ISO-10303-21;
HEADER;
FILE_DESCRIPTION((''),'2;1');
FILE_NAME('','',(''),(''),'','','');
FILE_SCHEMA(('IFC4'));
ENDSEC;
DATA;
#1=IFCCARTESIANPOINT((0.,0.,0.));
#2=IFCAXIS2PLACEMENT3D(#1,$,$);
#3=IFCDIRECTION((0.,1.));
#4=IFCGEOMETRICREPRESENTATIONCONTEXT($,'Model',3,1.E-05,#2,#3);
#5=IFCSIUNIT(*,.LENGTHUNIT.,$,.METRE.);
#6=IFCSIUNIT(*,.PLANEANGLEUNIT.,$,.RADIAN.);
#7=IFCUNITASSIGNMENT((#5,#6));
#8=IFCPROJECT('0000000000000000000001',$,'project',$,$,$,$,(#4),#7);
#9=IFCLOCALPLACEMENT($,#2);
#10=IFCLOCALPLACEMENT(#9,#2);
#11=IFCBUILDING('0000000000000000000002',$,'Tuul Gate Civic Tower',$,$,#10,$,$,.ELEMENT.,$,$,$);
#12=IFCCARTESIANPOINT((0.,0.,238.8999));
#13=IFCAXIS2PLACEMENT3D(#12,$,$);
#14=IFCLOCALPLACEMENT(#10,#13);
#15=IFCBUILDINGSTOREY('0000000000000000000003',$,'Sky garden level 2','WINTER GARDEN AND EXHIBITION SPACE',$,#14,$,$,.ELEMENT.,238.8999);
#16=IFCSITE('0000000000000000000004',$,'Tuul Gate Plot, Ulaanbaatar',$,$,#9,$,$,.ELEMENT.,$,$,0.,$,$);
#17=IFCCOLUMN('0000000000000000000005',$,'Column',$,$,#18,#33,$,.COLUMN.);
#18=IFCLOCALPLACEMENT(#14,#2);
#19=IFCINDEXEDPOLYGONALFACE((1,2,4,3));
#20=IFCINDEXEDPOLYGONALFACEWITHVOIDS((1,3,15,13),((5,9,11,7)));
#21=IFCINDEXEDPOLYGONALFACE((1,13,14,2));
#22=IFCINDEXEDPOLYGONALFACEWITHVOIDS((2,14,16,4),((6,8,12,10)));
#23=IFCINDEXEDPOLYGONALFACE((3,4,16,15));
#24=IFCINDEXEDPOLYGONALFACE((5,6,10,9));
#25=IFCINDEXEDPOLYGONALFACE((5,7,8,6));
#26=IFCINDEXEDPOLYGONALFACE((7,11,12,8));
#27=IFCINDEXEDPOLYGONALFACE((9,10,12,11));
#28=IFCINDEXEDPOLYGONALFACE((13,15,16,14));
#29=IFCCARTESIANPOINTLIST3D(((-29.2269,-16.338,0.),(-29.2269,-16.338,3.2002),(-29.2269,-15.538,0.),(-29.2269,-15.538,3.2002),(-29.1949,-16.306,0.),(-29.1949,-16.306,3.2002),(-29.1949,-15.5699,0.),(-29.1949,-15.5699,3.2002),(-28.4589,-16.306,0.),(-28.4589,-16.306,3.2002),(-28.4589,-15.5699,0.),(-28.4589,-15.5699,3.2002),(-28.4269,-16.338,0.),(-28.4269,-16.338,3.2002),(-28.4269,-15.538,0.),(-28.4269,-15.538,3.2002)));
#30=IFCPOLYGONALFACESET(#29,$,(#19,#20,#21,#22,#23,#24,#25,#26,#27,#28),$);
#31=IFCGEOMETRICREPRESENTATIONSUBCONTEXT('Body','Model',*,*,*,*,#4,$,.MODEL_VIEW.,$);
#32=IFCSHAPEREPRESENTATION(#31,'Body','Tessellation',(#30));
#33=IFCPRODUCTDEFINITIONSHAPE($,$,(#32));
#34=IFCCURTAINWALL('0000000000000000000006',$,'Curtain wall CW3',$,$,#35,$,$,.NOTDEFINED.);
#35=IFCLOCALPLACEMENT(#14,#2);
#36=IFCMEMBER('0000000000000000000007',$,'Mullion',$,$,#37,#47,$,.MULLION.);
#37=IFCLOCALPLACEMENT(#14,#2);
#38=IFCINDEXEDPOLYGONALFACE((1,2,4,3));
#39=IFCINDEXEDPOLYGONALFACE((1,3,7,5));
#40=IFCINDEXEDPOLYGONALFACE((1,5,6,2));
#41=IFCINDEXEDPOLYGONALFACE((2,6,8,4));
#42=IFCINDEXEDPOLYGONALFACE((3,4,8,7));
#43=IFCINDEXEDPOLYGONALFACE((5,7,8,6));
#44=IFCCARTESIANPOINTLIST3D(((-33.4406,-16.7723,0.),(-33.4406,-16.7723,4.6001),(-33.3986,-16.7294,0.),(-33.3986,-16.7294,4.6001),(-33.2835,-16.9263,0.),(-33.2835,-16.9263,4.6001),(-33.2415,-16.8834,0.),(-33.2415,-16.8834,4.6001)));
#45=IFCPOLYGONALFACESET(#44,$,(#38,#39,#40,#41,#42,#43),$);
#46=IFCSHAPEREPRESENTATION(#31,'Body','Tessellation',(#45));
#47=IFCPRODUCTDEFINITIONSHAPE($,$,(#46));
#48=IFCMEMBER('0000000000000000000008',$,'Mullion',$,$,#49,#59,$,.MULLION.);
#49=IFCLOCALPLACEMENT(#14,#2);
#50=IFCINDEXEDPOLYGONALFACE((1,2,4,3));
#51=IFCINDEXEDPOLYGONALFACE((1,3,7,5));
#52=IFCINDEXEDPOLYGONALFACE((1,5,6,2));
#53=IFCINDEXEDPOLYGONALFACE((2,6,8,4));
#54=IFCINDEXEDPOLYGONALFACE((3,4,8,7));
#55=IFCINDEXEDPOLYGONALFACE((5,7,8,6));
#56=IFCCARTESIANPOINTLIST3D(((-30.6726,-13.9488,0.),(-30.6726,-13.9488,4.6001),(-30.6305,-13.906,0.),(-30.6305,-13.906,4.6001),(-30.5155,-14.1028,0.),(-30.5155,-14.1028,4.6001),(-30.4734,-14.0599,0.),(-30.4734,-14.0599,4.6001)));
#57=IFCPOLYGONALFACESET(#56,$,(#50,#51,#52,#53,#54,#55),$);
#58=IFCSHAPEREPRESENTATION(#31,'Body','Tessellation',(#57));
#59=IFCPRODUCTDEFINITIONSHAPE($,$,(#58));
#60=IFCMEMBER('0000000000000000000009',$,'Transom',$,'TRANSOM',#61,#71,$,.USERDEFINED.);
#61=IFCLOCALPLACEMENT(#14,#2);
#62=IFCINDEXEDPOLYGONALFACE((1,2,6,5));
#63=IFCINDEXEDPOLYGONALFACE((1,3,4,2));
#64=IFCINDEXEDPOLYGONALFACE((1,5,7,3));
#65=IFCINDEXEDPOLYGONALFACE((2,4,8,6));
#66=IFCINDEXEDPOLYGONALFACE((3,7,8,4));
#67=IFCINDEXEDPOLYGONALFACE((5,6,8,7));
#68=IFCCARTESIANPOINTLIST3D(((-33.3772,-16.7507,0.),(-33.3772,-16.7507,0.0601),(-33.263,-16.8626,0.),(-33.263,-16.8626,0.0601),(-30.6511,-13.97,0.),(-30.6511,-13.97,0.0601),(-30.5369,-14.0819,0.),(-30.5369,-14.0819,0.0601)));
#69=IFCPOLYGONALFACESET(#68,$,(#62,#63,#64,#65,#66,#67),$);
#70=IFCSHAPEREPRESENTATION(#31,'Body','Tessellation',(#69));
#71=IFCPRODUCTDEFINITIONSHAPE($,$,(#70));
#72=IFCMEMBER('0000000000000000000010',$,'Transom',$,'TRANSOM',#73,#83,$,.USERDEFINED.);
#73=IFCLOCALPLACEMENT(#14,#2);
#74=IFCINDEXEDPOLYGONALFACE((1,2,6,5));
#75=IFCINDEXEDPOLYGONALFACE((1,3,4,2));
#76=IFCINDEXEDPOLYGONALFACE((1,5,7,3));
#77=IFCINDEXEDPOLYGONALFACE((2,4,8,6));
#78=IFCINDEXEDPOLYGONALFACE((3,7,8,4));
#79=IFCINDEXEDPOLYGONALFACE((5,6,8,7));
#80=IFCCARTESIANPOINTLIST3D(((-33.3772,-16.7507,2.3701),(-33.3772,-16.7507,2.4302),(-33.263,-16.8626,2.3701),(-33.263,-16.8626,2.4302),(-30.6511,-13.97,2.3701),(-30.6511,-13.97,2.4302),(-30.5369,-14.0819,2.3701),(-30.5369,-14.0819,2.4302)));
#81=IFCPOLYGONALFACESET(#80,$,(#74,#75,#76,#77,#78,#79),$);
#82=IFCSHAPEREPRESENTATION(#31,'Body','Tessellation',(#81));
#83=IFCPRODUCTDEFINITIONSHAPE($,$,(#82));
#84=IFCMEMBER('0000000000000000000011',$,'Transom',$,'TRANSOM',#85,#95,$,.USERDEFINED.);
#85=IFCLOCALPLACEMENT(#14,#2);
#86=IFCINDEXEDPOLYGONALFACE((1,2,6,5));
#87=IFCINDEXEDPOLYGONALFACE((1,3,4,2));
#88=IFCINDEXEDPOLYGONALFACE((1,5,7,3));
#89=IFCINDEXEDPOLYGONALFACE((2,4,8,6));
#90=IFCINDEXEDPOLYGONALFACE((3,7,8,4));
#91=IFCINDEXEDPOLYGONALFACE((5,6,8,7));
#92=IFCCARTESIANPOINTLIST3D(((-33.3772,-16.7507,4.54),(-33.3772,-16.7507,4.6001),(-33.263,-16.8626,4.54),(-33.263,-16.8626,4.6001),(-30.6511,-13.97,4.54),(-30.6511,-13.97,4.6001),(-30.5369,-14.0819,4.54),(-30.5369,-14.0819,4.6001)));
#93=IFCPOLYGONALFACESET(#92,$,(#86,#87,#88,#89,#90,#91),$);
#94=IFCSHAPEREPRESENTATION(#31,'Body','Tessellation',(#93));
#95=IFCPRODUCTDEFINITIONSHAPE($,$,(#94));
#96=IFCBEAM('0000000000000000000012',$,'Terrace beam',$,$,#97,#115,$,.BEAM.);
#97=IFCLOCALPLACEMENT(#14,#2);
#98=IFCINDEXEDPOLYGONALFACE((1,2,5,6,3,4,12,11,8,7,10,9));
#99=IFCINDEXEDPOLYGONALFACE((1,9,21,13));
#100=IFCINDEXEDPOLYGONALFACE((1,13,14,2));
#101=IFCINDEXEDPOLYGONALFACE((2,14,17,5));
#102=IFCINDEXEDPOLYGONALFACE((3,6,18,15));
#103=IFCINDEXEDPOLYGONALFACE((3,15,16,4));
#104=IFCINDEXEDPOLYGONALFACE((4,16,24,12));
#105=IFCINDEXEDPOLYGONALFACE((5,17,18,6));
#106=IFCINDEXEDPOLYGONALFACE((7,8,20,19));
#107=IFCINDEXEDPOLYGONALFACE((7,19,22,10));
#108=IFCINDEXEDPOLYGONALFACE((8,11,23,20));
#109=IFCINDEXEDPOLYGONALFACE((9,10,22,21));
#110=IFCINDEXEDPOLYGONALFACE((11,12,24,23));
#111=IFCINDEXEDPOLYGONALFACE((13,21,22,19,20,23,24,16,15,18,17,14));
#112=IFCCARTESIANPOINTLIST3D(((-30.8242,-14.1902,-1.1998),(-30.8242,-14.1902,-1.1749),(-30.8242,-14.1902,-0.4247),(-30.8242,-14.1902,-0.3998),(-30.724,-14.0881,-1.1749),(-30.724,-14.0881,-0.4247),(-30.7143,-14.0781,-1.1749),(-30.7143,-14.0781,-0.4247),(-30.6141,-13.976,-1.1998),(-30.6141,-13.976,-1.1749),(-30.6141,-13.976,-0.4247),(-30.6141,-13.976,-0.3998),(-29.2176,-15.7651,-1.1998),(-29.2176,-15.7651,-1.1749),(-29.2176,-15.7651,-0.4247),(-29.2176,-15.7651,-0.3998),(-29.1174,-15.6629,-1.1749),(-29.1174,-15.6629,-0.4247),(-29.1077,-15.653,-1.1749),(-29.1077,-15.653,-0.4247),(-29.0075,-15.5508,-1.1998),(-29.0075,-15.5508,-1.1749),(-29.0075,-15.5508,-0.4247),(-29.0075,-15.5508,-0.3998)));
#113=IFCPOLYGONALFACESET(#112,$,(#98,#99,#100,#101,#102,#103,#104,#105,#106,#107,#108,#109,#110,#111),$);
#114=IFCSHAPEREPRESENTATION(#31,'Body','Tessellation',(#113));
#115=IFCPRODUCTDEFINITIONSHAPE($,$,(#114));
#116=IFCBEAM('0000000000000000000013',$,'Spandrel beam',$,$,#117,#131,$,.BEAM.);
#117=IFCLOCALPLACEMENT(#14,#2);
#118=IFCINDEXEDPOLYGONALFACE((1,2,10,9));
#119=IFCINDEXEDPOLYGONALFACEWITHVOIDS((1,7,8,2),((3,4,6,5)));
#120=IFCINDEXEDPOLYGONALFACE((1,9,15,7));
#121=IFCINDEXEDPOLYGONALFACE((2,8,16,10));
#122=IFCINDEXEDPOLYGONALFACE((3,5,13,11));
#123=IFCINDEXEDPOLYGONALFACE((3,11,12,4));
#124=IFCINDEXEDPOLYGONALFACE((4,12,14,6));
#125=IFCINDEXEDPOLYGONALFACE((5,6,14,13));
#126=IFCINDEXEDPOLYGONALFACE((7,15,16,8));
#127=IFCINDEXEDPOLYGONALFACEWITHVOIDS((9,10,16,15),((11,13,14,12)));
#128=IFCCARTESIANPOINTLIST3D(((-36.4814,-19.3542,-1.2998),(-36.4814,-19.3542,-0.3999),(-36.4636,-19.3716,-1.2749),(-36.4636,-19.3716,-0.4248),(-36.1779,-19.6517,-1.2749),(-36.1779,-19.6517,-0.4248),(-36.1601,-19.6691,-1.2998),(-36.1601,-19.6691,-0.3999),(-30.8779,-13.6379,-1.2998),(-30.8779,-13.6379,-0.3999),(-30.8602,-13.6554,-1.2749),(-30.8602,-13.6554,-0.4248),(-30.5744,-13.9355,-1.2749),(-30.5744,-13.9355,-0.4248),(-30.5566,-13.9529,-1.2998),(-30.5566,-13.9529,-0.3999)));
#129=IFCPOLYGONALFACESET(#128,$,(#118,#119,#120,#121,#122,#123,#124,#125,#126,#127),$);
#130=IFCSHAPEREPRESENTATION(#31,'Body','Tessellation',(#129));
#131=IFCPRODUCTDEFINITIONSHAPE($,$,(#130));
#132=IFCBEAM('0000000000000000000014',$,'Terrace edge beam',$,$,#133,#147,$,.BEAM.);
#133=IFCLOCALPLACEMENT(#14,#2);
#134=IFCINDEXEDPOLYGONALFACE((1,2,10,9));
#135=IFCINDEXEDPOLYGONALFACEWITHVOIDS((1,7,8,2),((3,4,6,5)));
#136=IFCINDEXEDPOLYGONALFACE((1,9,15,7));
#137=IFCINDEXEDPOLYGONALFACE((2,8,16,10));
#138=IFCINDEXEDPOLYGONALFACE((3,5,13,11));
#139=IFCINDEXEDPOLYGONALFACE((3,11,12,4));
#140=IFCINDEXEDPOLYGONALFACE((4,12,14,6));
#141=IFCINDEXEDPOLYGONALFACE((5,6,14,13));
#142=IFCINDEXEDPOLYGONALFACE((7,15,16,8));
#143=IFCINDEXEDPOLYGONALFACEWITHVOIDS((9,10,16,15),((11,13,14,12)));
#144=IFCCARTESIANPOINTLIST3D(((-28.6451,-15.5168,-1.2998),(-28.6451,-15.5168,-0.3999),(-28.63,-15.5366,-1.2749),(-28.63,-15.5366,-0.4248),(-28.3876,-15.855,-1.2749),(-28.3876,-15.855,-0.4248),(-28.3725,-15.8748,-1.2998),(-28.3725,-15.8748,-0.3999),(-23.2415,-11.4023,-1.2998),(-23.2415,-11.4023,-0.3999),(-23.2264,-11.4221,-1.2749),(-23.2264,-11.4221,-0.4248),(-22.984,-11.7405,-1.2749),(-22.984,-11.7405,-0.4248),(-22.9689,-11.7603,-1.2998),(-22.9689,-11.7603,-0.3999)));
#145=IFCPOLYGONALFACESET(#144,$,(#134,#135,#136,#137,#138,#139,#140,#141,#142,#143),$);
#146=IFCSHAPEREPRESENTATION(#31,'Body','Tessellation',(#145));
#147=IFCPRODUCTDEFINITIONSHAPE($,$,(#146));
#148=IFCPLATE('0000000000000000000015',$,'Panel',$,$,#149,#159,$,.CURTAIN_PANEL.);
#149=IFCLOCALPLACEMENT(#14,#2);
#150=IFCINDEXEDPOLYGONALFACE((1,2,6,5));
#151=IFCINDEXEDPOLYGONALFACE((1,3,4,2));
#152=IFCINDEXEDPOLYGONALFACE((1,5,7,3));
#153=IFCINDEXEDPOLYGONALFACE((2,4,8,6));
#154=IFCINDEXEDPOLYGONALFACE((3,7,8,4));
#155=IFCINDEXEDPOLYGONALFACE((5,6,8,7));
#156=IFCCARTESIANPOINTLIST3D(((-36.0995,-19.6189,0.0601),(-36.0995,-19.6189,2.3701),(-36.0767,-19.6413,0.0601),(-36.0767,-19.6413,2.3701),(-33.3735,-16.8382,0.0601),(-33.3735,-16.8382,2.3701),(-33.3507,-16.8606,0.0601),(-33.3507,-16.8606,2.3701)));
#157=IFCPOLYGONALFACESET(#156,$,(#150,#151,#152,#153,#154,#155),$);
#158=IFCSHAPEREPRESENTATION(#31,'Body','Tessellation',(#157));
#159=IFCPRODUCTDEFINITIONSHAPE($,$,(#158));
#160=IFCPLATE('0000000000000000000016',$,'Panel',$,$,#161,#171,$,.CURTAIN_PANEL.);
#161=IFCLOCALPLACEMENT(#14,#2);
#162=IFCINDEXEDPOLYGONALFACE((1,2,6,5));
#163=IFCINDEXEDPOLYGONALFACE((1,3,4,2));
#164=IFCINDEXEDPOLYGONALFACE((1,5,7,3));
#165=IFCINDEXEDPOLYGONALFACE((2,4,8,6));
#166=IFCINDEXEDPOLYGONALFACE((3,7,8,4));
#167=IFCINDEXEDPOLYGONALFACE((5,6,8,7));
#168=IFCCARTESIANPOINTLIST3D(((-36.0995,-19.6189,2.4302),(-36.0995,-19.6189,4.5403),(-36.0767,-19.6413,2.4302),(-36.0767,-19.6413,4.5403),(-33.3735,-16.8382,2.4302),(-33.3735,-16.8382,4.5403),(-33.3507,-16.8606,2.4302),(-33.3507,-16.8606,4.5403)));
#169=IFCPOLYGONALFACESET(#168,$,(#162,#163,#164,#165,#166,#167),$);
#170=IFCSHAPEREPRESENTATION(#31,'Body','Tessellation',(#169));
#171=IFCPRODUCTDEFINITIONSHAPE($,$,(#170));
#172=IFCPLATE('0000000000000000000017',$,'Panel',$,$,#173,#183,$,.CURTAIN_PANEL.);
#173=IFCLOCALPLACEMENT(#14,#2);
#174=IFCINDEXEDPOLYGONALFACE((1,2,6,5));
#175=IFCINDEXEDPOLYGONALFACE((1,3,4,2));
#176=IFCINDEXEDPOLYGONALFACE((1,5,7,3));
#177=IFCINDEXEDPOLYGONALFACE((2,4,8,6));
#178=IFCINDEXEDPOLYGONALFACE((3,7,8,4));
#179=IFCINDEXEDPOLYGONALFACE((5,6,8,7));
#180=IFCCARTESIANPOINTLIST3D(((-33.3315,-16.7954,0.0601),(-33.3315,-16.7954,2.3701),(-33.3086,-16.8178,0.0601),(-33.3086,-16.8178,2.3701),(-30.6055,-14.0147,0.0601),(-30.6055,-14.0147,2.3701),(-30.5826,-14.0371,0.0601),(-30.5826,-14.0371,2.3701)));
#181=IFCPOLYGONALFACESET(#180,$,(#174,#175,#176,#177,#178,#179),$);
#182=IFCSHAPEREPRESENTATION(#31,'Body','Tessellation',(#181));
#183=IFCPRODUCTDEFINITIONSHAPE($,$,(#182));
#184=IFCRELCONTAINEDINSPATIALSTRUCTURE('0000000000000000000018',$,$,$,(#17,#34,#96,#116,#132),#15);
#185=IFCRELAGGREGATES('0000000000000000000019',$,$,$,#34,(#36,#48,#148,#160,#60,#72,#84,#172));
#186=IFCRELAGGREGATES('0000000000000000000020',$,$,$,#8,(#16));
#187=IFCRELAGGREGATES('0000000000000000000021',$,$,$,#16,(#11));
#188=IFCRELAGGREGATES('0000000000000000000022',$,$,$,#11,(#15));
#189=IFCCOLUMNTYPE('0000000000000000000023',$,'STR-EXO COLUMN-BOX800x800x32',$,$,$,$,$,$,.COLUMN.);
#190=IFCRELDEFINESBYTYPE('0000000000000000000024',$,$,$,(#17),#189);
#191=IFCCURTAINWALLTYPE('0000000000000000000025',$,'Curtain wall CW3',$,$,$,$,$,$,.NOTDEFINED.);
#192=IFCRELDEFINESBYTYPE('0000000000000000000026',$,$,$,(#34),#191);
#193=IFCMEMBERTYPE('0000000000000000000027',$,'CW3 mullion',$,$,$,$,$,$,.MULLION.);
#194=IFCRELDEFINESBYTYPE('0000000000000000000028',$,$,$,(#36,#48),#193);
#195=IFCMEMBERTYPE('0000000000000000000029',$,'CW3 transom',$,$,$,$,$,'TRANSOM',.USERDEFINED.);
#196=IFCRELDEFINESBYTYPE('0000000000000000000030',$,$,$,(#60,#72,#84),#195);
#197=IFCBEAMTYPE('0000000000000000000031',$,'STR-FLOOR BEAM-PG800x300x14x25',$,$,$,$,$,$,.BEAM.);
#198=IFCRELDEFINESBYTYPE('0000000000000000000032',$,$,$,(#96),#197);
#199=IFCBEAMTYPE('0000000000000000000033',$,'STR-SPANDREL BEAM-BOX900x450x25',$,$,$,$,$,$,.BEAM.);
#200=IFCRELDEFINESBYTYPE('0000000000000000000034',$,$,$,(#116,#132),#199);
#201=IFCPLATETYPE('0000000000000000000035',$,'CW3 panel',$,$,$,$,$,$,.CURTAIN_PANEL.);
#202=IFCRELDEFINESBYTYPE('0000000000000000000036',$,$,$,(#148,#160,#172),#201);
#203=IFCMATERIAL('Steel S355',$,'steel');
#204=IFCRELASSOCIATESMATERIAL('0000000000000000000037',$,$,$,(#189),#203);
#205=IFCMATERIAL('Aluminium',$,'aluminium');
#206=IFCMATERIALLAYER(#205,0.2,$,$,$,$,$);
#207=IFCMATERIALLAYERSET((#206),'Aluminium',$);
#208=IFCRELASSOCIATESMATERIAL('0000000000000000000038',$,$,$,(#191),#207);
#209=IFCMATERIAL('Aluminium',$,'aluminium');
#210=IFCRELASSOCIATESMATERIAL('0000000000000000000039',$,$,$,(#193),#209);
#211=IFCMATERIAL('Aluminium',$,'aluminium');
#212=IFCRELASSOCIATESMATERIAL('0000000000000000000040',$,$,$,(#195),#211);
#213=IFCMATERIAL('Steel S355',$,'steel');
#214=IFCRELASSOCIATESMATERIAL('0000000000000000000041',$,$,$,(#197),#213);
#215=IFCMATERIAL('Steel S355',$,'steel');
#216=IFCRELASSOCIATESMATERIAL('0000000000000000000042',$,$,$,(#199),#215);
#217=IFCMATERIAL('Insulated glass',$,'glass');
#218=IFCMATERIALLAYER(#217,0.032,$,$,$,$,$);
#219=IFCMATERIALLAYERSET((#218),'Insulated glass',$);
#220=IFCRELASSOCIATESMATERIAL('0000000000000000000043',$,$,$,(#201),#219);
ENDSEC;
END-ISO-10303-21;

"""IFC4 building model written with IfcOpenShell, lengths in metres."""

from ifc_helpers import new_model, si_unit, direction, frame, origin, origin_2d, place, context, subcontext, project, spatial, rectangle, hollow_rectangle, i_section, extrude, material, layer, layer_set, material_profile, profile_set, type_object, element, aggregate, save


model = new_model("IFC4")

# Units and contexts
model_context = context("Model", 3, precision=1e-05, world=origin(), true_north=direction((0.0, 1.0)))
body_context = subcontext(model_context, "Body", "Model", "MODEL_VIEW")
ifc_project = project(units=[si_unit("LENGTHUNIT", "METRE"), si_unit("PLANEANGLEUNIT", "RADIAN")], contexts=[model_context])

# Site, building, storey
site_placement = place(None, origin())
site = spatial("IfcSite", under=ifc_project, at=site_placement, Name="Tuul Gate Plot, Ulaanbaatar", CompositionType="ELEMENT", RefElevation=0.0)
building_placement = place(site_placement, origin())
building = spatial("IfcBuilding", under=site, at=building_placement, Name="Tuul Gate Civic Tower", CompositionType="ELEMENT")
storey_placement = place(building_placement, frame((0.0, 0.0, 238.8999)))
storey = spatial("IfcBuildingStorey", under=building, at=storey_placement, Name="Sky garden level 2", Description="WINTER GARDEN AND EXHIBITION SPACE", CompositionType="ELEMENT", Elevation=238.8999)

# Column
ifc_material_1 = material(Name="Steel S355", Category="steel")
ifc_material_profile_1 = material_profile(ifc_material_1, hollow_rectangle(XDim=0.8, YDim=0.8, WallThickness=0.032, at=origin_2d()), Name="BOX800x800x32")
ifc_profile_set_1 = profile_set([ifc_material_profile_1], Name="Steel S355")
column_type = type_object("IfcColumnType", Name="STR-EXO COLUMN-BOX800x800x32", PredefinedType="COLUMN", material=ifc_profile_set_1)
column_placement = place(storey_placement, frame((-28.8269, -15.938, 0.0), z_axis=(0.0, 0.0, 1.0), x_axis=(1.0, 0.0, 0.0)))
element("IfcColumn", 1, at=column_placement, inside=storey, type_object=column_type, Name="Column", PredefinedType="COLUMN", context=body_context, shape_type="SweptSolid", body=[
    extrude(hollow_rectangle(XDim=0.8, YDim=0.8, WallThickness=0.032, at=origin_2d()), origin(), (0.0, 0.0, 1.0), 3.2002),
])

# Curtain wall, members
ifc_material_2 = material(Name="Aluminium", Category="aluminium")
ifc_layer_1 = layer(ifc_material_2, 0.2)
ifc_layer_set_1 = layer_set([ifc_layer_1], Name="Aluminium")
curtain_wall_type = type_object("IfcCurtainWallType", Name="Curtain wall CW3", PredefinedType="NOTDEFINED", material=ifc_layer_set_1)
curtain_wall_placement = place(storey_placement, origin())
curtain_wall = element("IfcCurtainWall", 2, at=curtain_wall_placement, inside=storey, type_object=curtain_wall_type, Name="Curtain wall CW3", PredefinedType="NOTDEFINED")
ifc_material_3 = material(Name="Aluminium", Category="aluminium")
ifc_material_profile_2 = material_profile(ifc_material_3, rectangle(XDim=0.22, YDim=0.0601, at=origin_2d()), Name="CW3 mullion")
ifc_profile_set_2 = profile_set([ifc_material_profile_2], Name="Aluminium")
member_type_1 = type_object("IfcMemberType", Name="CW3 mullion", PredefinedType="MULLION", material=ifc_profile_set_2)
member_1_placement = place(storey_placement, frame((-33.3411, -16.8279, 0.0), z_axis=(0.0, 0.0, 1.0), x_axis=(-0.7141, 0.700044, 0.0)))
member_1 = element("IfcMember", 3, at=member_1_placement, type_object=member_type_1, Name="Mullion", PredefinedType="MULLION", context=body_context, shape_type="SweptSolid", body=[
    extrude(rectangle(XDim=0.22, YDim=0.0601, at=origin_2d()), origin(), (0.0, 0.0, 1.0), 4.6001),
])
member_2_placement = place(storey_placement, frame((-30.573, -14.0044, 0.0), z_axis=(0.0, 0.0, 1.0), x_axis=(-0.7141, 0.700044, 0.0)))
member_2 = element("IfcMember", 4, at=member_2_placement, type_object=member_type_1, Name="Mullion", PredefinedType="MULLION", context=body_context, shape_type="SweptSolid", body=[
    extrude(rectangle(XDim=0.22, YDim=0.0601, at=origin_2d()), origin(), (0.0, 0.0, 1.0), 4.6001),
])
ifc_material_4 = material(Name="Aluminium", Category="aluminium")
ifc_material_profile_3 = material_profile(ifc_material_4, rectangle(XDim=0.1599, YDim=0.0601, at=origin_2d()), Name="CW3 transom")
ifc_profile_set_3 = profile_set([ifc_material_profile_3], Name="Aluminium")
member_type_2 = type_object("IfcMemberType", Name="CW3 transom", ElementType="TRANSOM", PredefinedType="USERDEFINED", material=ifc_profile_set_3)
member_3_placement = place(storey_placement, frame((-33.3201, -16.8066, 0.03), z_axis=(0.70005, 0.714094, 0.0), x_axis=(-0.714094, 0.70005, 0.0)))
member_3 = element("IfcMember", 5, at=member_3_placement, type_object=member_type_2, Name="Transom", ObjectType="TRANSOM", PredefinedType="USERDEFINED", context=body_context, shape_type="SweptSolid", body=[
    extrude(rectangle(XDim=0.1599, YDim=0.0601, at=origin_2d()), origin(), (0.0, 0.0, 1.0), 3.894),
])
member_4_placement = place(storey_placement, frame((-33.3201, -16.8066, 2.4001), z_axis=(0.70005, 0.714094, 0.0), x_axis=(-0.714094, 0.70005, 0.0)))
member_4 = element("IfcMember", 6, at=member_4_placement, type_object=member_type_2, Name="Transom", ObjectType="TRANSOM", PredefinedType="USERDEFINED", context=body_context, shape_type="SweptSolid", body=[
    extrude(rectangle(XDim=0.1599, YDim=0.0601, at=origin_2d()), origin(), (0.0, 0.0, 1.0), 3.894),
])
member_5_placement = place(storey_placement, frame((-33.3201, -16.8066, 4.5701), z_axis=(0.70005, 0.714094, 0.0), x_axis=(-0.714094, 0.70005, 0.0)))
member_5 = element("IfcMember", 7, at=member_5_placement, type_object=member_type_2, Name="Transom", ObjectType="TRANSOM", PredefinedType="USERDEFINED", context=body_context, shape_type="SweptSolid", body=[
    extrude(rectangle(XDim=0.1599, YDim=0.0601, at=origin_2d()), origin(), (0.0, 0.0, 1.0), 3.894),
])

# Beams
ifc_material_5 = material(Name="Steel S355", Category="steel")
ifc_material_profile_4 = material_profile(ifc_material_5, i_section(OverallWidth=0.3, OverallDepth=0.8, WebThickness=0.0139, FlangeThickness=0.0249, at=origin_2d()), Name="PG800x300x14x25")
ifc_profile_set_4 = profile_set([ifc_material_profile_4], Name="Steel S355")
beam_type_1 = type_object("IfcBeamType", Name="STR-FLOOR BEAM-PG800x300x14x25", PredefinedType="BEAM", material=ifc_profile_set_4)
beam_1_placement = place(storey_placement, frame((-29.1125, -15.658, -0.7998), z_axis=(-0.714125, 0.700018, 0.0), x_axis=(-0.700018, -0.714125, 0.0)))
element("IfcBeam", 8, at=beam_1_placement, inside=storey, type_object=beam_type_1, Name="Terrace beam", PredefinedType="BEAM", context=body_context, shape_type="SweptSolid", body=[
    extrude(i_section(OverallWidth=0.3, OverallDepth=0.8, WebThickness=0.0139, FlangeThickness=0.0249, at=origin_2d()), origin(), (0.0, 0.0, 1.0), 2.2498),
])
ifc_material_6 = material(Name="Steel S355", Category="steel")
ifc_material_profile_5 = material_profile(ifc_material_6, hollow_rectangle(XDim=0.45, YDim=0.8999, WallThickness=0.0249, at=origin_2d()), Name="BOX900x450x25")
ifc_profile_set_5 = profile_set([ifc_material_profile_5], Name="Steel S355")
beam_type_2 = type_object("IfcBeamType", Name="STR-SPANDREL BEAM-BOX900x450x25", PredefinedType="BEAM", material=ifc_profile_set_5)
beam_2_placement = place(storey_placement, frame((-30.7173, -13.7954, -0.8499), z_axis=(-0.700026, -0.714117, 0.0), x_axis=(0.714117, -0.700026, 0.0)))
element("IfcBeam", 9, at=beam_2_placement, inside=storey, type_object=beam_type_2, Name="Spandrel beam", PredefinedType="BEAM", context=body_context, shape_type="SweptSolid", body=[
    extrude(hollow_rectangle(XDim=0.45, YDim=0.8999, WallThickness=0.0249, at=origin_2d()), origin(), (0.0, 0.0, 1.0), 8.0046),
])
beam_3_placement = place(storey_placement, frame((-28.5088, -15.6958, -0.8499), z_axis=(0.795609, 0.60581, 0.0), x_axis=(-0.60581, 0.795609, 0.0)))
element("IfcBeam", 10, at=beam_3_placement, inside=storey, type_object=beam_type_2, Name="Terrace edge beam", PredefinedType="BEAM", context=body_context, shape_type="SweptSolid", body=[
    extrude(hollow_rectangle(XDim=0.45, YDim=0.8999, WallThickness=0.0249, at=origin_2d()), origin(), (0.0, 0.0, 1.0), 6.7917),
])

# Plates
ifc_material_7 = material(Name="Insulated glass", Category="glass")
ifc_layer_2 = layer(ifc_material_7, 0.032)
ifc_layer_set_2 = layer_set([ifc_layer_2], Name="Insulated glass")
plate_type = type_object("IfcPlateType", Name="CW3 panel", PredefinedType="CURTAIN_PANEL", material=ifc_layer_set_2)
plate_1_placement = place(storey_placement, frame((-34.7251, -18.2397, 0.0601), z_axis=(0.0, 0.0, 1.0), x_axis=(0.700044, 0.7141, 0.0)))
plate_1 = element("IfcPlate", 11, at=plate_1_placement, type_object=plate_type, Name="Panel", PredefinedType="CURTAIN_PANEL", context=body_context, shape_type="SweptSolid", body=[
    extrude(rectangle(XDim=3.894, YDim=0.032, at=origin_2d()), origin(), (0.0, 0.0, 1.0), 2.3101),
])
plate_2_placement = place(storey_placement, frame((-34.7251, -18.2397, 2.4302), z_axis=(0.0, 0.0, 1.0), x_axis=(0.700044, 0.7141, 0.0)))
plate_2 = element("IfcPlate", 12, at=plate_2_placement, type_object=plate_type, Name="Panel", PredefinedType="CURTAIN_PANEL", context=body_context, shape_type="SweptSolid", body=[
    extrude(rectangle(XDim=3.894, YDim=0.032, at=origin_2d()), origin(), (0.0, 0.0, 1.0), 2.1101),
])
plate_3_placement = place(storey_placement, frame((-31.957, -15.4163, 0.0601), z_axis=(0.0, 0.0, 1.0), x_axis=(0.700044, 0.7141, 0.0)))
plate_3 = element("IfcPlate", 13, at=plate_3_placement, type_object=plate_type, Name="Panel", PredefinedType="CURTAIN_PANEL", context=body_context, shape_type="SweptSolid", body=[
    extrude(rectangle(XDim=3.894, YDim=0.032, at=origin_2d()), origin(), (0.0, 0.0, 1.0), 2.3101),
])
aggregate(curtain_wall, [member_1, member_2, plate_1, plate_2, member_3, member_4, member_5, plate_3])

save(model, "model.ifc")
